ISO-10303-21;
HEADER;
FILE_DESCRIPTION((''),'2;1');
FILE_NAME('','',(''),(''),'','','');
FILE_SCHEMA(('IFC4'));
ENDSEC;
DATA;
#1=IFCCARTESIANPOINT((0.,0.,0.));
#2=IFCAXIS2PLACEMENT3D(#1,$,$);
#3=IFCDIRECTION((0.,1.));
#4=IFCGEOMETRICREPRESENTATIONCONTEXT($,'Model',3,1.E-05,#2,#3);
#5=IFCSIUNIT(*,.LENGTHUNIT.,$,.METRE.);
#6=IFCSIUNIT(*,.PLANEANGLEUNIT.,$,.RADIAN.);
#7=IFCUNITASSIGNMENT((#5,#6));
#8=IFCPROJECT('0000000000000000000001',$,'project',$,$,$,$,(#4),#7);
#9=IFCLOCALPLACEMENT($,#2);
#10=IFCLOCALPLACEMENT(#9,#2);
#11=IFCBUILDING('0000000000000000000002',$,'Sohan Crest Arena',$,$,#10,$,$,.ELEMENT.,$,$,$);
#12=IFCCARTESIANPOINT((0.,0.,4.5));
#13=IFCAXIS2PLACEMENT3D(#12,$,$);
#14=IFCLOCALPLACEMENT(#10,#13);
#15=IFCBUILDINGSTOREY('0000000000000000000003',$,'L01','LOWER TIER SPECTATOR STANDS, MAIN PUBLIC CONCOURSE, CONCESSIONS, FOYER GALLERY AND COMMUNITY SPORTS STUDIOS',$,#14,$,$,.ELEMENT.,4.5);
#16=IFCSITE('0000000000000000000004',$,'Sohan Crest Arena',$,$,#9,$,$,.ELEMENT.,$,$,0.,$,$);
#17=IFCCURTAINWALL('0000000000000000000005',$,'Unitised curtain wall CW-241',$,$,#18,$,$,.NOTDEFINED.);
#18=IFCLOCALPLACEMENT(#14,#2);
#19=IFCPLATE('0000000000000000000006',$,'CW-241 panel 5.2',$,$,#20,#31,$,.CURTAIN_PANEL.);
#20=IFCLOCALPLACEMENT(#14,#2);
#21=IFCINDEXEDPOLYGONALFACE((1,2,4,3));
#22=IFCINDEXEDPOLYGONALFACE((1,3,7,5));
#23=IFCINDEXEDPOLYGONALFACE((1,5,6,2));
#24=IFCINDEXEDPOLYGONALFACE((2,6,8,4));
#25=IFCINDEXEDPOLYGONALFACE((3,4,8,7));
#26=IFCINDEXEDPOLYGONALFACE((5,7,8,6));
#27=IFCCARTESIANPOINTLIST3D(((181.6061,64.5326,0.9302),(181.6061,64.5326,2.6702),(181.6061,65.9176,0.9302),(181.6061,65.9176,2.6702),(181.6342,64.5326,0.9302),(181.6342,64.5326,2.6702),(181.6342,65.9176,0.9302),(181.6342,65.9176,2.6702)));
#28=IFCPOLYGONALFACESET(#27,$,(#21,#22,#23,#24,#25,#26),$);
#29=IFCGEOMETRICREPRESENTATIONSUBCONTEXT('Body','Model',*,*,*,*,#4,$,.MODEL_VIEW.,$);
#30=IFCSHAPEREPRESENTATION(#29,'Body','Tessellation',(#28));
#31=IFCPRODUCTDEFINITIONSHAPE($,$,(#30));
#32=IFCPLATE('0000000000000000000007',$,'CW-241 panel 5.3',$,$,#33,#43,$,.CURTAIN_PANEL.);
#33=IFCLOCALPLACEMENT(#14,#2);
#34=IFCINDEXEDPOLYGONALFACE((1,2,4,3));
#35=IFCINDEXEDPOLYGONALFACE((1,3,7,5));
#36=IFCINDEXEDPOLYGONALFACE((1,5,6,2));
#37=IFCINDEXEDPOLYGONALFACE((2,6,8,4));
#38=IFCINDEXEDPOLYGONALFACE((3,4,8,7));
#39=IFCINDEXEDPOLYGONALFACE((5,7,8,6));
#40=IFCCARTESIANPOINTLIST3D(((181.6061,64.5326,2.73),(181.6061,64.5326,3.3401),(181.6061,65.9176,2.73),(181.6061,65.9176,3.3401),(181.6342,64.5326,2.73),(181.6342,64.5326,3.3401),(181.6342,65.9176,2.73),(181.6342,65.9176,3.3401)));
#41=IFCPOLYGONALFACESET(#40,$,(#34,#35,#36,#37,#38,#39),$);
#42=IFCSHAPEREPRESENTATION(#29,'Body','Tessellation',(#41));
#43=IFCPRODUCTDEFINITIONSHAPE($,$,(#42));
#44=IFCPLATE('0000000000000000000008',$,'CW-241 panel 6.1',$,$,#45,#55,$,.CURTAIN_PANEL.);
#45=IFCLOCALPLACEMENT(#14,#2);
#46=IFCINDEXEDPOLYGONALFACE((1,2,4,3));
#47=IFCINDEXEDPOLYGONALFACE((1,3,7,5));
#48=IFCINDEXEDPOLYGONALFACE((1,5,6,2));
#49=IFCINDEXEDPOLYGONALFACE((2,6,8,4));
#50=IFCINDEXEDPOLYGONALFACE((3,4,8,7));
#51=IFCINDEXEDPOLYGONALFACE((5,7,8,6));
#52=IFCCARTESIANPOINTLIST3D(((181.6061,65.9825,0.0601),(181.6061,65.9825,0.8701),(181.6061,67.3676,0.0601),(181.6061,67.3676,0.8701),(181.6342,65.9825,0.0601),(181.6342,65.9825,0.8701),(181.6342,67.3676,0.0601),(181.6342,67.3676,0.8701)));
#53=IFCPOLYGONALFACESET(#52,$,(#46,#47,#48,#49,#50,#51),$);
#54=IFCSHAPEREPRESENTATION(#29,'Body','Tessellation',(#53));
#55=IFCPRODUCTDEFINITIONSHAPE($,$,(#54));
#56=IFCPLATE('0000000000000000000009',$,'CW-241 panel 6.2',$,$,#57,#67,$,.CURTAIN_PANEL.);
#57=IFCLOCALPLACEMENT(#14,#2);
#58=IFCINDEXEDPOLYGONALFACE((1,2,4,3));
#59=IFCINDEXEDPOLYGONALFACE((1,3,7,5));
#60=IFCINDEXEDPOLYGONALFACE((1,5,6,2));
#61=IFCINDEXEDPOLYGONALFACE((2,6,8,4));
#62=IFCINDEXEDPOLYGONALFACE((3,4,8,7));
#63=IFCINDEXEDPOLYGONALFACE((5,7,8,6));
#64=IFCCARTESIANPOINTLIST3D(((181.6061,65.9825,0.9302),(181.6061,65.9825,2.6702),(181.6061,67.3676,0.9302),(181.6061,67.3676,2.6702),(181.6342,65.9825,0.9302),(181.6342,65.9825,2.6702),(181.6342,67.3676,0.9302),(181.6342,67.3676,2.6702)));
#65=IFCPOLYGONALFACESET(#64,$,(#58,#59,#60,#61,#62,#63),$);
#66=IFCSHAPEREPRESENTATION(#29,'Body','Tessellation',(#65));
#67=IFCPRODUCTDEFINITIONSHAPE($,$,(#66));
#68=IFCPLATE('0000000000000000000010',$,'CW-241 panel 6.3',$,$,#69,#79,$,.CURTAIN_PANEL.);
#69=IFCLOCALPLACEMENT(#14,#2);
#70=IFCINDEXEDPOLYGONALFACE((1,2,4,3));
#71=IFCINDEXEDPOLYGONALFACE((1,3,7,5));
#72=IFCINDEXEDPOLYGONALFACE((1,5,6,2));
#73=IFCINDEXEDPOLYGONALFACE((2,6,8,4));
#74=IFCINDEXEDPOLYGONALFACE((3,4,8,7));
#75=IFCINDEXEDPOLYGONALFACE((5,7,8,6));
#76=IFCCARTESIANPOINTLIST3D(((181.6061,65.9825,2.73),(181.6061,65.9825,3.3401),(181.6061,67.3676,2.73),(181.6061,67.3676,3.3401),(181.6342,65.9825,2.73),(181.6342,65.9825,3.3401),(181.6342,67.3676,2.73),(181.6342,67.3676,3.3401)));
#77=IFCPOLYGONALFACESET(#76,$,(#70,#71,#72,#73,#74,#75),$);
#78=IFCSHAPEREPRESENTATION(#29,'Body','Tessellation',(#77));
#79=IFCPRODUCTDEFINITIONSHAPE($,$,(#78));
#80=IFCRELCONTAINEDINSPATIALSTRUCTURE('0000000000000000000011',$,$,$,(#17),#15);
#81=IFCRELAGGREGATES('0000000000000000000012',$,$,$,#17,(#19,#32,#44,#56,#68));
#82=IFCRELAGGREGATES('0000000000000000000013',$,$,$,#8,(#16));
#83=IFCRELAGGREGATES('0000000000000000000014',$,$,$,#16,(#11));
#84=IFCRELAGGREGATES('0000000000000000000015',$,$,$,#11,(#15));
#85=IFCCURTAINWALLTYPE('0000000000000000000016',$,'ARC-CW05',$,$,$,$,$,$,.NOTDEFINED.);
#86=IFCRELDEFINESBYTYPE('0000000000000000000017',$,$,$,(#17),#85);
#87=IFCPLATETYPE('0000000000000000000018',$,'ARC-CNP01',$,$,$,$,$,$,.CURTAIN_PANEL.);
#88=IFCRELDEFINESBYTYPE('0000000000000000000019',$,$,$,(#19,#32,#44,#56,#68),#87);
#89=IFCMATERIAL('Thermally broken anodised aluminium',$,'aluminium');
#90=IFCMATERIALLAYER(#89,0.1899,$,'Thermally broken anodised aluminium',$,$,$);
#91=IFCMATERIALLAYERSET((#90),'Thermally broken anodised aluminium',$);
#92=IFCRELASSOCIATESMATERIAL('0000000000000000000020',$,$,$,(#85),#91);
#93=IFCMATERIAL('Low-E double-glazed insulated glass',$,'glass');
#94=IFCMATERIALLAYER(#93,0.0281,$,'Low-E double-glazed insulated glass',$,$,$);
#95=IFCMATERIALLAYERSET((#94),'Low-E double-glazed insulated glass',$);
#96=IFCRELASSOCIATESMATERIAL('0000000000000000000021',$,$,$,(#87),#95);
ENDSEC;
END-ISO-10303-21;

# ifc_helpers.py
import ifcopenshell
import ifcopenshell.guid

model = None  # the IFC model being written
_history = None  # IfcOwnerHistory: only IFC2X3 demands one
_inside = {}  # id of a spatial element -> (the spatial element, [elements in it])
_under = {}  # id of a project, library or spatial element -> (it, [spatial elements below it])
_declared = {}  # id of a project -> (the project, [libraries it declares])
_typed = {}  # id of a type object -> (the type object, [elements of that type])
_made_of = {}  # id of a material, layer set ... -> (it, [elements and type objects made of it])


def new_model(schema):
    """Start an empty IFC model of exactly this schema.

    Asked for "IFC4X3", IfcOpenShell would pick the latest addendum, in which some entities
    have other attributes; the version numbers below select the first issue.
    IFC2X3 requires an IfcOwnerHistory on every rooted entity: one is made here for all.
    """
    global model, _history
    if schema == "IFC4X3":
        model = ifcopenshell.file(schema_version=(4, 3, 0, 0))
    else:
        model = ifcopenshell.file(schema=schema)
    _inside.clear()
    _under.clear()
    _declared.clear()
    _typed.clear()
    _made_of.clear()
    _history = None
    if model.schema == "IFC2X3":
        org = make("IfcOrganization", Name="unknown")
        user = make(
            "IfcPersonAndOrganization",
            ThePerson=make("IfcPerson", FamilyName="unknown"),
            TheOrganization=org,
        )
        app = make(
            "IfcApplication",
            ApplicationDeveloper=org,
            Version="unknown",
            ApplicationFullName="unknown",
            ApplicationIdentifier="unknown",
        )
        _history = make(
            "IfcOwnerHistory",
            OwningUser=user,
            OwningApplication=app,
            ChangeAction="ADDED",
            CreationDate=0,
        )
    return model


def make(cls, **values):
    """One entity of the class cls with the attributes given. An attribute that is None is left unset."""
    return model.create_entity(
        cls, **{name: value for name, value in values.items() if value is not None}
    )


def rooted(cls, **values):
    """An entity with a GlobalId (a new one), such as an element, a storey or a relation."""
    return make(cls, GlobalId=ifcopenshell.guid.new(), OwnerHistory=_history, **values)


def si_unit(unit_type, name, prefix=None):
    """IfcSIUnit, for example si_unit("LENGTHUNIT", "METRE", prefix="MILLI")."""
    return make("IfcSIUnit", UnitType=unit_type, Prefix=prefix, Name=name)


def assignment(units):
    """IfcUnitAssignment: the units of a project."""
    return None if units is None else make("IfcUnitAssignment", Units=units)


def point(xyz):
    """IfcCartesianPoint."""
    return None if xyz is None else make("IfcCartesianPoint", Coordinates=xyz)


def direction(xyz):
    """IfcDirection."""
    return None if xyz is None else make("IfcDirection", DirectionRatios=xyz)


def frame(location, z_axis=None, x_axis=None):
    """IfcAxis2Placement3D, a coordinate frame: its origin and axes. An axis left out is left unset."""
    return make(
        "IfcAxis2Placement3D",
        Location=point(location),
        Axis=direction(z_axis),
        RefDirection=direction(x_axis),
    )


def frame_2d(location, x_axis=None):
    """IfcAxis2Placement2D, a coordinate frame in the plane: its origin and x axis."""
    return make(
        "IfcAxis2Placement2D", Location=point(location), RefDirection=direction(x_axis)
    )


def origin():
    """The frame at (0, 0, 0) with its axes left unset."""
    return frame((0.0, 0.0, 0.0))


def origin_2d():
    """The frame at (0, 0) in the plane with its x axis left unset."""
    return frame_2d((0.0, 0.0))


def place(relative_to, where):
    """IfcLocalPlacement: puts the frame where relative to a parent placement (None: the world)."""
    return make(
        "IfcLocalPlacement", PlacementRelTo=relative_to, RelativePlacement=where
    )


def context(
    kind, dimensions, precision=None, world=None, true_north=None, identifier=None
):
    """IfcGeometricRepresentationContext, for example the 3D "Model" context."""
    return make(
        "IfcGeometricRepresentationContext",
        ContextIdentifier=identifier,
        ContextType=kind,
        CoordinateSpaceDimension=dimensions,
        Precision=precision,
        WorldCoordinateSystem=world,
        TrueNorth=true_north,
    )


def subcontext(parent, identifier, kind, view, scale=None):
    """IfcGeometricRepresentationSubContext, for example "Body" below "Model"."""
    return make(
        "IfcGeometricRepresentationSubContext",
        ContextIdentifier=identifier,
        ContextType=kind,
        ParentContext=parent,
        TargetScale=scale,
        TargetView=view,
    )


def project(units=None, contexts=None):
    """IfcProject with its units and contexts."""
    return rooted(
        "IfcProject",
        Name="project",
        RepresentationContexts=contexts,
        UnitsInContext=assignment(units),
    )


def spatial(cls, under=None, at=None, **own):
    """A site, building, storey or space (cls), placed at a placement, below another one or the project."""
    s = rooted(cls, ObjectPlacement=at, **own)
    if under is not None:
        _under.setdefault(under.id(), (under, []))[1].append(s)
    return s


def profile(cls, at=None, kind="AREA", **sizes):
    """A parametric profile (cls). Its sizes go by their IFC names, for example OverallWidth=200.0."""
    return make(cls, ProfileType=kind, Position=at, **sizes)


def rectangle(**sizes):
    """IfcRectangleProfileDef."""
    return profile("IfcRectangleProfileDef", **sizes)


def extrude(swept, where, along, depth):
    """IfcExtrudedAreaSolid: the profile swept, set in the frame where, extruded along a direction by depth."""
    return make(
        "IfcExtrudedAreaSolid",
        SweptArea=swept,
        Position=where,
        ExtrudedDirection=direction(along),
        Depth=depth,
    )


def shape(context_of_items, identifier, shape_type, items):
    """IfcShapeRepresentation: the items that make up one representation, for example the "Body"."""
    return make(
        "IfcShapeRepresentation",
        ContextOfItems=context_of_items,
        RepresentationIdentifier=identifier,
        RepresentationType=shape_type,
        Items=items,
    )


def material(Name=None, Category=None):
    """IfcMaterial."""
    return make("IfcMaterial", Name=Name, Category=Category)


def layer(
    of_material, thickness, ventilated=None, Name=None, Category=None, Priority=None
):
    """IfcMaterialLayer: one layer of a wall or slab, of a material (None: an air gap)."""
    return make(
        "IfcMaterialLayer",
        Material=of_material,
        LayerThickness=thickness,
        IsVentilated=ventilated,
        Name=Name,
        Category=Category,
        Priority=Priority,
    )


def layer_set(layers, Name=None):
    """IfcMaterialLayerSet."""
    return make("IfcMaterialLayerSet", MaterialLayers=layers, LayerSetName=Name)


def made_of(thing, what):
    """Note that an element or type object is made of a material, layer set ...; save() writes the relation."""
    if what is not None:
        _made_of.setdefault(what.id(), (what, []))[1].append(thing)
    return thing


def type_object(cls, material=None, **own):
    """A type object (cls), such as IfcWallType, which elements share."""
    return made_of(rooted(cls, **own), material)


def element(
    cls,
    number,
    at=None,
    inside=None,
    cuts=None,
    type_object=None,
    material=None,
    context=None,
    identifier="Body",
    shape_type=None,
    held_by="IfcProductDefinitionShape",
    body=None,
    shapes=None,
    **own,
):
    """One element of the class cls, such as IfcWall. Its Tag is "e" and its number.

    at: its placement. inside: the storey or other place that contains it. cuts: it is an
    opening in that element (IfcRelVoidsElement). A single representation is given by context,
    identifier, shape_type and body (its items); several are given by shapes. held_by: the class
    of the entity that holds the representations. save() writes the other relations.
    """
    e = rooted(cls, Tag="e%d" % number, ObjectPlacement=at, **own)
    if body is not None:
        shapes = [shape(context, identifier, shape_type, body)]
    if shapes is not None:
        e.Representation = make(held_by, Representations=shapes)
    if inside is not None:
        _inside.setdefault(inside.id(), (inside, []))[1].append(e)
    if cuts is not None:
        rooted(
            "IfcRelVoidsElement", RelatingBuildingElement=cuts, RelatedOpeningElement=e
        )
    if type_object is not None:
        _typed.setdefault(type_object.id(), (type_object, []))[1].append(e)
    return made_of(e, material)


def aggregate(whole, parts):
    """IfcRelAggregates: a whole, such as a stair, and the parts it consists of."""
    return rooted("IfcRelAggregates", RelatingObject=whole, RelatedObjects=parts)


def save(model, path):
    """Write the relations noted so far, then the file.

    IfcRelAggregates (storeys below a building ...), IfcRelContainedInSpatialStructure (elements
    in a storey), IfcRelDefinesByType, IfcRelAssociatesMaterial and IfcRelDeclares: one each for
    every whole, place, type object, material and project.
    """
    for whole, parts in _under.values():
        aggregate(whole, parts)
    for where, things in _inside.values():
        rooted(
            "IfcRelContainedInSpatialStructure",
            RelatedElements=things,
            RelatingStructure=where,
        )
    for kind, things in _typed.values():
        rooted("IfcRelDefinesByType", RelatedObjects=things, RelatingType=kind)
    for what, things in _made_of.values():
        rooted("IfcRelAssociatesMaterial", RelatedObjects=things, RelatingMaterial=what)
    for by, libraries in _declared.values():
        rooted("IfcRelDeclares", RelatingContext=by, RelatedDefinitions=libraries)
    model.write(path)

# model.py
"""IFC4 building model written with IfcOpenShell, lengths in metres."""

from ifc_helpers import new_model, si_unit, direction, frame, origin, origin_2d, place, context, subcontext, project, spatial, rectangle, extrude, material, layer, layer_set, type_object, element, aggregate, save


model = new_model("IFC4")

# Units and contexts
model_context = context("Model", 3, precision=1e-05, world=origin(), true_north=direction((0.0, 1.0)))
body_context = subcontext(model_context, "Body", "Model", "MODEL_VIEW")
ifc_project = project(units=[si_unit("LENGTHUNIT", "METRE"), si_unit("PLANEANGLEUNIT", "RADIAN")], contexts=[model_context])

# Site, building, storey
site_placement = place(None, origin())
site = spatial("IfcSite", under=ifc_project, at=site_placement, Name="Sohan Crest Arena", CompositionType="ELEMENT", RefElevation=0.0)
building_placement = place(site_placement, origin())
building = spatial("IfcBuilding", under=site, at=building_placement, Name="Sohan Crest Arena", CompositionType="ELEMENT")
storey_placement = place(building_placement, frame((0.0, 0.0, 4.5)))
storey = spatial("IfcBuildingStorey", under=building, at=storey_placement, Name="L01", Description="LOWER TIER SPECTATOR STANDS, MAIN PUBLIC CONCOURSE, CONCESSIONS, FOYER GALLERY AND COMMUNITY SPORTS STUDIOS", CompositionType="ELEMENT", Elevation=4.5)

# Curtain wall, plates
ifc_material_1 = material(Name="Thermally broken anodised aluminium", Category="aluminium")
ifc_layer_1 = layer(ifc_material_1, 0.1899, Name="Thermally broken anodised aluminium")
ifc_layer_set_1 = layer_set([ifc_layer_1], Name="Thermally broken anodised aluminium")
curtain_wall_type = type_object("IfcCurtainWallType", Name="ARC-CW05", PredefinedType="NOTDEFINED", material=ifc_layer_set_1)
curtain_wall_placement = place(storey_placement, origin())
curtain_wall = element("IfcCurtainWall", 1, at=curtain_wall_placement, inside=storey, type_object=curtain_wall_type, Name="Unitised curtain wall CW-241", PredefinedType="NOTDEFINED")
ifc_material_2 = material(Name="Low-E double-glazed insulated glass", Category="glass")
ifc_layer_2 = layer(ifc_material_2, 0.0281, Name="Low-E double-glazed insulated glass")
ifc_layer_set_2 = layer_set([ifc_layer_2], Name="Low-E double-glazed insulated glass")
plate_type = type_object("IfcPlateType", Name="ARC-CNP01", PredefinedType="CURTAIN_PANEL", material=ifc_layer_set_2)
plate_1_placement = place(storey_placement, frame((181.6201, 65.2251, 0.9302), z_axis=(0.0, 0.0, 1.0), x_axis=(0.0, 1.0, 0.0)))
plate_1 = element("IfcPlate", 2, at=plate_1_placement, type_object=plate_type, Name="CW-241 panel 5.2", PredefinedType="CURTAIN_PANEL", context=body_context, shape_type="SweptSolid", body=[
    extrude(rectangle(XDim=1.385, YDim=0.0281, at=origin_2d()), origin(), (0.0, 0.0, 1.0), 1.74),
])
plate_2_placement = place(storey_placement, frame((181.6201, 65.2251, 2.73), z_axis=(0.0, 0.0, 1.0), x_axis=(0.0, 1.0, 0.0)))
plate_2 = element("IfcPlate", 3, at=plate_2_placement, type_object=plate_type, Name="CW-241 panel 5.3", PredefinedType="CURTAIN_PANEL", context=body_context, shape_type="SweptSolid", body=[
    extrude(rectangle(XDim=1.385, YDim=0.0281, at=origin_2d()), origin(), (0.0, 0.0, 1.0), 0.6101),
])
plate_3_placement = place(storey_placement, frame((181.6201, 66.675, 0.0601), z_axis=(0.0, 0.0, 1.0), x_axis=(0.0, 1.0, 0.0)))
plate_3 = element("IfcPlate", 4, at=plate_3_placement, type_object=plate_type, Name="CW-241 panel 6.1", PredefinedType="CURTAIN_PANEL", context=body_context, shape_type="SweptSolid", body=[
    extrude(rectangle(XDim=1.385, YDim=0.0281, at=origin_2d()), origin(), (0.0, 0.0, 1.0), 0.8101),
])
plate_4_placement = place(storey_placement, frame((181.6201, 66.675, 0.9302), z_axis=(0.0, 0.0, 1.0), x_axis=(0.0, 1.0, 0.0)))
plate_4 = element("IfcPlate", 5, at=plate_4_placement, type_object=plate_type, Name="CW-241 panel 6.2", PredefinedType="CURTAIN_PANEL", context=body_context, shape_type="SweptSolid", body=[
    extrude(rectangle(XDim=1.385, YDim=0.0281, at=origin_2d()), origin(), (0.0, 0.0, 1.0), 1.74),
])
plate_5_placement = place(storey_placement, frame((181.6201, 66.675, 2.73), z_axis=(0.0, 0.0, 1.0), x_axis=(0.0, 1.0, 0.0)))
plate_5 = element("IfcPlate", 6, at=plate_5_placement, type_object=plate_type, Name="CW-241 panel 6.3", PredefinedType="CURTAIN_PANEL", context=body_context, shape_type="SweptSolid", body=[
    extrude(rectangle(XDim=1.385, YDim=0.0281, at=origin_2d()), origin(), (0.0, 0.0, 1.0), 0.6101),
])
aggregate(curtain_wall, [plate_1, plate_2, plate_3, plate_4, plate_5])

save(model, "model.ifc")
